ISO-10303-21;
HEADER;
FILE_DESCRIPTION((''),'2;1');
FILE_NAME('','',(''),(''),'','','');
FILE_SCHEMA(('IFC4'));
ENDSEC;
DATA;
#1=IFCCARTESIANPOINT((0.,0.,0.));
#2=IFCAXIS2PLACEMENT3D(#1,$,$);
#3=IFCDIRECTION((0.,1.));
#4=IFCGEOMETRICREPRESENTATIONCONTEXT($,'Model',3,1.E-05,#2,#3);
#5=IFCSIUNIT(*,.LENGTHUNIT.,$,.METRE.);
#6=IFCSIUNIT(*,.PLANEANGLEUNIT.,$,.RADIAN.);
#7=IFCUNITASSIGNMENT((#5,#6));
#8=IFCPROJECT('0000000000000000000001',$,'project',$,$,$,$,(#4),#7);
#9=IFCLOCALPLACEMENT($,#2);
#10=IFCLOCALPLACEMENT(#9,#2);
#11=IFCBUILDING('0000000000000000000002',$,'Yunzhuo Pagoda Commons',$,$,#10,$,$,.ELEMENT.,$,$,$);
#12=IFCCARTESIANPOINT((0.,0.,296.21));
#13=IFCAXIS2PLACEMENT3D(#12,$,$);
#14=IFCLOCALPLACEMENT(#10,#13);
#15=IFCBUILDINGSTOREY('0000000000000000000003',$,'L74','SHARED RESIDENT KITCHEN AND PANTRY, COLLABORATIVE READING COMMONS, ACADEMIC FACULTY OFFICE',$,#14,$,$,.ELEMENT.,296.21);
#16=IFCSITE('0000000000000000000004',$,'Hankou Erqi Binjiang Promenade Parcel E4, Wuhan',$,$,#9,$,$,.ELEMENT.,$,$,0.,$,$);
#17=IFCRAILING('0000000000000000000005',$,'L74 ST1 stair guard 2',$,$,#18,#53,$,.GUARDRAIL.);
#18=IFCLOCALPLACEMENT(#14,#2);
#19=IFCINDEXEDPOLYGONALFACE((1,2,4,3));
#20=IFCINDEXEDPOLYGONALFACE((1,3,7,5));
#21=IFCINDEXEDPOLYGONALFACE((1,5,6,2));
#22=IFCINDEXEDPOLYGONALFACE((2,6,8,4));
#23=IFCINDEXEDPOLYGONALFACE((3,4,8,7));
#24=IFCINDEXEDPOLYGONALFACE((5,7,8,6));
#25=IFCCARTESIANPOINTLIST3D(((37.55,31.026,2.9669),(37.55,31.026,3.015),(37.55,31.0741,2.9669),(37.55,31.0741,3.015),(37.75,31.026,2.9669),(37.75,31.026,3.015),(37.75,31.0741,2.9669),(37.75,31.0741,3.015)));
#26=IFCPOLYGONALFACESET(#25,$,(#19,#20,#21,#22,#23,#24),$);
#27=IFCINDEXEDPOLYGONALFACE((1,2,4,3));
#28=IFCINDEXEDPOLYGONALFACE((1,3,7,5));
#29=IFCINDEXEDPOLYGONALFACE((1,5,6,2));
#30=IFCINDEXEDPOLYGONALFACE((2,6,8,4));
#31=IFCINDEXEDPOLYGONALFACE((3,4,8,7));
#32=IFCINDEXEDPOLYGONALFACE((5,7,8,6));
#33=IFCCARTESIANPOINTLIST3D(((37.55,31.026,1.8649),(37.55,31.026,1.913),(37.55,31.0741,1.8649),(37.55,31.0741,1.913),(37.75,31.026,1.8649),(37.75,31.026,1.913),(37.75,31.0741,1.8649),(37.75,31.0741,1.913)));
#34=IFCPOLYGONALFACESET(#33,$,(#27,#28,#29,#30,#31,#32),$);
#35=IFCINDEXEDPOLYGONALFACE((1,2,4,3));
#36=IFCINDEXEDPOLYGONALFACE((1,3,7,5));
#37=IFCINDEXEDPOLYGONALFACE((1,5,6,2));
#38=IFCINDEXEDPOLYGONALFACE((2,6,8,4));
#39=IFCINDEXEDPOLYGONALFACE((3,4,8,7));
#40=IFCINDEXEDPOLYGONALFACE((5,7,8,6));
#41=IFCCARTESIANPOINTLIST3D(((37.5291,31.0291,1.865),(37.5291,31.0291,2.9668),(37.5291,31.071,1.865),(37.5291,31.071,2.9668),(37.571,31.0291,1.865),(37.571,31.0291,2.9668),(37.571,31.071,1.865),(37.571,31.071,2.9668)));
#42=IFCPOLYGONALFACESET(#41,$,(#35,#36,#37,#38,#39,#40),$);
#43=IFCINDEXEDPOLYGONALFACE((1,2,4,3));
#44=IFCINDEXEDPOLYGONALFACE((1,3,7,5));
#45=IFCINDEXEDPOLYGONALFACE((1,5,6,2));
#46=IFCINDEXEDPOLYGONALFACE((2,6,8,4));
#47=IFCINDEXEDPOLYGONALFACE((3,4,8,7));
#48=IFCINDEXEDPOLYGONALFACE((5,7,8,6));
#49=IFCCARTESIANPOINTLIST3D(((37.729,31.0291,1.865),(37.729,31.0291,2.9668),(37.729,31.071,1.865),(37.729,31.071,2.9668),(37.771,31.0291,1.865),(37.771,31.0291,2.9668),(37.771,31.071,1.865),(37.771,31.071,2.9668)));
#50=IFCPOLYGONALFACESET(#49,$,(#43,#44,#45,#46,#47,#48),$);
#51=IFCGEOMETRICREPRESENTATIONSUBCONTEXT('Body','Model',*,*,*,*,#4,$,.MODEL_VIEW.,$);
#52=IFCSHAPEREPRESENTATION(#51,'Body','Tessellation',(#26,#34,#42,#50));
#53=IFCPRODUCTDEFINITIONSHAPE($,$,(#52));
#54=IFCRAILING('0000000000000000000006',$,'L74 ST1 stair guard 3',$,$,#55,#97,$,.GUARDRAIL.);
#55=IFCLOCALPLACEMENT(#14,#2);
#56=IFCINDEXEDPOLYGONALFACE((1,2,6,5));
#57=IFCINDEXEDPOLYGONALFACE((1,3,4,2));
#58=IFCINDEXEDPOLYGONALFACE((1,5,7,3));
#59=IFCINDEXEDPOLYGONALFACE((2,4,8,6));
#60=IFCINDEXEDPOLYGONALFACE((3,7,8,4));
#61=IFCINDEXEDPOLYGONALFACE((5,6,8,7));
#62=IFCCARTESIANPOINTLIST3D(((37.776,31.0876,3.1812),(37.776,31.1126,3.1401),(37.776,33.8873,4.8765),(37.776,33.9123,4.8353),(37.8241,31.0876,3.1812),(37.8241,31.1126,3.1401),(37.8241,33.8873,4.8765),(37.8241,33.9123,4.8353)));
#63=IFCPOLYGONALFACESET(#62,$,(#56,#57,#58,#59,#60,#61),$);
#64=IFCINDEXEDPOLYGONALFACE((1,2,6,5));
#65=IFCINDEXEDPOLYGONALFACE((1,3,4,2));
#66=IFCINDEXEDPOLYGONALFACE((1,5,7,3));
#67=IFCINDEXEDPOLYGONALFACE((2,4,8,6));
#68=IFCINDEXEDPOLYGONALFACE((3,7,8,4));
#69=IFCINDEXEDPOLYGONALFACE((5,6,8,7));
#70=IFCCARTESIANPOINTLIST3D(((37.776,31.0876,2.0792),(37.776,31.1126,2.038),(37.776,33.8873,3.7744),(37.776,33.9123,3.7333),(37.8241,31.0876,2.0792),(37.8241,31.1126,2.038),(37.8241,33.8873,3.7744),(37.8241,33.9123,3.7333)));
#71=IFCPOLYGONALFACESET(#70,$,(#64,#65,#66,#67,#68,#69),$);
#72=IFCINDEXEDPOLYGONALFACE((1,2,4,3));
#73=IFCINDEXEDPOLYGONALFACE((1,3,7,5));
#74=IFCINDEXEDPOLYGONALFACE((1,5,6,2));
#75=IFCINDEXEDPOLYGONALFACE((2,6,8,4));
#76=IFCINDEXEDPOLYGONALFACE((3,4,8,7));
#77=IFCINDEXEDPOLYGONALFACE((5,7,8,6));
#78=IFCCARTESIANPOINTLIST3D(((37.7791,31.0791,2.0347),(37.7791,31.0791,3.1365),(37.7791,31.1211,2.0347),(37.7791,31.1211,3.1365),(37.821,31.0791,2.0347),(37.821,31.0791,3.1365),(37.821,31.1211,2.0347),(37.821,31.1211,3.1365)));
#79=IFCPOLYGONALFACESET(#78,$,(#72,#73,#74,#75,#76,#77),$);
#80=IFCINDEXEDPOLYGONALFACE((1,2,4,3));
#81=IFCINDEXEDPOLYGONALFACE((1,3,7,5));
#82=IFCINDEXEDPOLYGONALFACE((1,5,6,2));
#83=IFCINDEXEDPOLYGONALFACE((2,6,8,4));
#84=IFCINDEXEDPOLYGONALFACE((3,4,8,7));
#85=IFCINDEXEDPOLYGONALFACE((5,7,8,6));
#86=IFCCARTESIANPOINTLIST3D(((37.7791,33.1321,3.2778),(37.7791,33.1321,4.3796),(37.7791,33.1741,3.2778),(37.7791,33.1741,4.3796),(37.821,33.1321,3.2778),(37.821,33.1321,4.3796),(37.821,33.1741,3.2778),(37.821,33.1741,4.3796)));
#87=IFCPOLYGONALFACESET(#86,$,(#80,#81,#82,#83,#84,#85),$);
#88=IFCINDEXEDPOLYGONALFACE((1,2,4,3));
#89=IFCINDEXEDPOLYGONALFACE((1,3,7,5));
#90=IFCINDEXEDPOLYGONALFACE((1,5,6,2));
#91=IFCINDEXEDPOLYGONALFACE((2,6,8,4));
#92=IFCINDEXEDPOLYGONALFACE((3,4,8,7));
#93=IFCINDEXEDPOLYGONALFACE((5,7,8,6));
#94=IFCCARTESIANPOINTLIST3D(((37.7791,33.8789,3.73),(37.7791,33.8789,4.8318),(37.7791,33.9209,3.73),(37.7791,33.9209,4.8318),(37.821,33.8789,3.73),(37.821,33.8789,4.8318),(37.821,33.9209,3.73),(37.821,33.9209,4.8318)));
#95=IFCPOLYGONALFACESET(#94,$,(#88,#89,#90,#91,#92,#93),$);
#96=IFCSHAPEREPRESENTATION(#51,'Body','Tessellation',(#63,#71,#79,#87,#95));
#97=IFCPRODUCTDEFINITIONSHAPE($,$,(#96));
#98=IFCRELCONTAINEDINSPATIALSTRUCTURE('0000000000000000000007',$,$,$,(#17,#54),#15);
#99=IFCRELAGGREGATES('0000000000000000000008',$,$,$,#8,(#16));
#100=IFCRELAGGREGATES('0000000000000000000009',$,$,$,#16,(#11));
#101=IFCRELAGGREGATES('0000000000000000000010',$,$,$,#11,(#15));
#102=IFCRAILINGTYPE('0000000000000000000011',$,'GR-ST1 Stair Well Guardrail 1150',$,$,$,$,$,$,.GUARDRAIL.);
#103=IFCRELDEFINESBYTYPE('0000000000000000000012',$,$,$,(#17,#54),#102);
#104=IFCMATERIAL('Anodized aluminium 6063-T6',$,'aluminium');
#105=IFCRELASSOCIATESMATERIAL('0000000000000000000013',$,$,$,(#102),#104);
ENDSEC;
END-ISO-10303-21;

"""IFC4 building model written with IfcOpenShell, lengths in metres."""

from ifc_helpers import new_model, si_unit, direction, frame, origin, origin_2d, place, context, subcontext, project, spatial, rectangle, extrude, material, type_object, element, save


model = new_model("IFC4")

# Units and contexts
model_context = context("Model", 3, precision=1e-05, world=origin(), true_north=direction((0.0, 1.0)))
body_context = subcontext(model_context, "Body", "Model", "MODEL_VIEW")
ifc_project = project(units=[si_unit("LENGTHUNIT", "METRE"), si_unit("PLANEANGLEUNIT", "RADIAN")], contexts=[model_context])

# Site, building, storey
site_placement = place(None, origin())
site = spatial("IfcSite", under=ifc_project, at=site_placement, Name="Hankou Erqi Binjiang Promenade Parcel E4, Wuhan", CompositionType="ELEMENT", RefElevation=0.0)
building_placement = place(site_placement, origin())
building = spatial("IfcBuilding", under=site, at=building_placement, Name="Yunzhuo Pagoda Commons", CompositionType="ELEMENT")
storey_placement = place(building_placement, frame((0.0, 0.0, 296.21)))
storey = spatial("IfcBuildingStorey", under=building, at=storey_placement, Name="L74", Description="SHARED RESIDENT KITCHEN AND PANTRY, COLLABORATIVE READING COMMONS, ACADEMIC FACULTY OFFICE", CompositionType="ELEMENT", Elevation=296.21)

# Shared definitions
ifc_material_1 = material(Name="Anodized aluminium 6063-T6", Category="aluminium")

# Railings
railing_type = type_object("IfcRailingType", Name="GR-ST1 Stair Well Guardrail 1150", PredefinedType="GUARDRAIL", material=ifc_material_1)
railing_1_placement = place(storey_placement, frame((37.55, 31.05, 1.865)))
element("IfcRailing", 1, at=railing_1_placement, inside=storey, type_object=railing_type, Name="L74 ST1 stair guard 2", PredefinedType="GUARDRAIL", context=body_context, shape_type="SweptSolid", body=[
    extrude(rectangle(XDim=0.0481, YDim=0.0481, at=origin_2d()), frame((0.0, 0.0, 1.126), z_axis=(1.0, 0.0, 0.0), x_axis=(0.0, 1.0, 0.0)), (0.0, 0.0, 1.0), 0.2),
    extrude(rectangle(XDim=0.0481, YDim=0.0481, at=origin_2d()), frame((0.0, 0.0, 0.0239), z_axis=(1.0, 0.0, 0.0), x_axis=(0.0, 1.0, 0.0)), (0.0, 0.0, 1.0), 0.2),
    extrude(rectangle(XDim=0.042, YDim=0.042, at=origin_2d()), origin(), (0.0, 0.0, 1.0), 1.1018),
    extrude(rectangle(XDim=0.042, YDim=0.042, at=origin_2d()), frame((0.2, 0.0, 0.0)), (0.0, 0.0, 1.0), 1.1018),
])
railing_2_placement = place(storey_placement, frame((37.8, 31.1001, 2.0347)))
element("IfcRailing", 2, at=railing_2_placement, inside=storey, type_object=railing_type, Name="L74 ST1 stair guard 3", PredefinedType="GUARDRAIL", context=body_context, shape_type="SweptSolid", body=[
    extrude(rectangle(XDim=0.0481, YDim=0.0481, at=origin_2d()), frame((0.0, 0.0, 1.126), z_axis=(0.0, 0.855406, 0.517958), x_axis=(-1.0, 0.0, 0.0)), (0.0, 0.0, 1.0), 3.2729),
    extrude(rectangle(XDim=0.0481, YDim=0.0481, at=origin_2d()), frame((0.0, 0.0, 0.0239), z_axis=(0.0, 0.855406, 0.517958), x_axis=(-1.0, 0.0, 0.0)), (0.0, 0.0, 1.0), 3.2729),
    extrude(rectangle(XDim=0.042, YDim=0.042, at=origin_2d()), origin(), (0.0, 0.0, 1.0), 1.1018),
    extrude(rectangle(XDim=0.042, YDim=0.042, at=origin_2d()), frame((0.0, 2.053, 1.2432)), (0.0, 0.0, 1.0), 1.1018),
    extrude(rectangle(XDim=0.042, YDim=0.042, at=origin_2d()), frame((0.0, 2.7998, 1.6953)), (0.0, 0.0, 1.0), 1.1018),
])

save(model, "model.ifc")
